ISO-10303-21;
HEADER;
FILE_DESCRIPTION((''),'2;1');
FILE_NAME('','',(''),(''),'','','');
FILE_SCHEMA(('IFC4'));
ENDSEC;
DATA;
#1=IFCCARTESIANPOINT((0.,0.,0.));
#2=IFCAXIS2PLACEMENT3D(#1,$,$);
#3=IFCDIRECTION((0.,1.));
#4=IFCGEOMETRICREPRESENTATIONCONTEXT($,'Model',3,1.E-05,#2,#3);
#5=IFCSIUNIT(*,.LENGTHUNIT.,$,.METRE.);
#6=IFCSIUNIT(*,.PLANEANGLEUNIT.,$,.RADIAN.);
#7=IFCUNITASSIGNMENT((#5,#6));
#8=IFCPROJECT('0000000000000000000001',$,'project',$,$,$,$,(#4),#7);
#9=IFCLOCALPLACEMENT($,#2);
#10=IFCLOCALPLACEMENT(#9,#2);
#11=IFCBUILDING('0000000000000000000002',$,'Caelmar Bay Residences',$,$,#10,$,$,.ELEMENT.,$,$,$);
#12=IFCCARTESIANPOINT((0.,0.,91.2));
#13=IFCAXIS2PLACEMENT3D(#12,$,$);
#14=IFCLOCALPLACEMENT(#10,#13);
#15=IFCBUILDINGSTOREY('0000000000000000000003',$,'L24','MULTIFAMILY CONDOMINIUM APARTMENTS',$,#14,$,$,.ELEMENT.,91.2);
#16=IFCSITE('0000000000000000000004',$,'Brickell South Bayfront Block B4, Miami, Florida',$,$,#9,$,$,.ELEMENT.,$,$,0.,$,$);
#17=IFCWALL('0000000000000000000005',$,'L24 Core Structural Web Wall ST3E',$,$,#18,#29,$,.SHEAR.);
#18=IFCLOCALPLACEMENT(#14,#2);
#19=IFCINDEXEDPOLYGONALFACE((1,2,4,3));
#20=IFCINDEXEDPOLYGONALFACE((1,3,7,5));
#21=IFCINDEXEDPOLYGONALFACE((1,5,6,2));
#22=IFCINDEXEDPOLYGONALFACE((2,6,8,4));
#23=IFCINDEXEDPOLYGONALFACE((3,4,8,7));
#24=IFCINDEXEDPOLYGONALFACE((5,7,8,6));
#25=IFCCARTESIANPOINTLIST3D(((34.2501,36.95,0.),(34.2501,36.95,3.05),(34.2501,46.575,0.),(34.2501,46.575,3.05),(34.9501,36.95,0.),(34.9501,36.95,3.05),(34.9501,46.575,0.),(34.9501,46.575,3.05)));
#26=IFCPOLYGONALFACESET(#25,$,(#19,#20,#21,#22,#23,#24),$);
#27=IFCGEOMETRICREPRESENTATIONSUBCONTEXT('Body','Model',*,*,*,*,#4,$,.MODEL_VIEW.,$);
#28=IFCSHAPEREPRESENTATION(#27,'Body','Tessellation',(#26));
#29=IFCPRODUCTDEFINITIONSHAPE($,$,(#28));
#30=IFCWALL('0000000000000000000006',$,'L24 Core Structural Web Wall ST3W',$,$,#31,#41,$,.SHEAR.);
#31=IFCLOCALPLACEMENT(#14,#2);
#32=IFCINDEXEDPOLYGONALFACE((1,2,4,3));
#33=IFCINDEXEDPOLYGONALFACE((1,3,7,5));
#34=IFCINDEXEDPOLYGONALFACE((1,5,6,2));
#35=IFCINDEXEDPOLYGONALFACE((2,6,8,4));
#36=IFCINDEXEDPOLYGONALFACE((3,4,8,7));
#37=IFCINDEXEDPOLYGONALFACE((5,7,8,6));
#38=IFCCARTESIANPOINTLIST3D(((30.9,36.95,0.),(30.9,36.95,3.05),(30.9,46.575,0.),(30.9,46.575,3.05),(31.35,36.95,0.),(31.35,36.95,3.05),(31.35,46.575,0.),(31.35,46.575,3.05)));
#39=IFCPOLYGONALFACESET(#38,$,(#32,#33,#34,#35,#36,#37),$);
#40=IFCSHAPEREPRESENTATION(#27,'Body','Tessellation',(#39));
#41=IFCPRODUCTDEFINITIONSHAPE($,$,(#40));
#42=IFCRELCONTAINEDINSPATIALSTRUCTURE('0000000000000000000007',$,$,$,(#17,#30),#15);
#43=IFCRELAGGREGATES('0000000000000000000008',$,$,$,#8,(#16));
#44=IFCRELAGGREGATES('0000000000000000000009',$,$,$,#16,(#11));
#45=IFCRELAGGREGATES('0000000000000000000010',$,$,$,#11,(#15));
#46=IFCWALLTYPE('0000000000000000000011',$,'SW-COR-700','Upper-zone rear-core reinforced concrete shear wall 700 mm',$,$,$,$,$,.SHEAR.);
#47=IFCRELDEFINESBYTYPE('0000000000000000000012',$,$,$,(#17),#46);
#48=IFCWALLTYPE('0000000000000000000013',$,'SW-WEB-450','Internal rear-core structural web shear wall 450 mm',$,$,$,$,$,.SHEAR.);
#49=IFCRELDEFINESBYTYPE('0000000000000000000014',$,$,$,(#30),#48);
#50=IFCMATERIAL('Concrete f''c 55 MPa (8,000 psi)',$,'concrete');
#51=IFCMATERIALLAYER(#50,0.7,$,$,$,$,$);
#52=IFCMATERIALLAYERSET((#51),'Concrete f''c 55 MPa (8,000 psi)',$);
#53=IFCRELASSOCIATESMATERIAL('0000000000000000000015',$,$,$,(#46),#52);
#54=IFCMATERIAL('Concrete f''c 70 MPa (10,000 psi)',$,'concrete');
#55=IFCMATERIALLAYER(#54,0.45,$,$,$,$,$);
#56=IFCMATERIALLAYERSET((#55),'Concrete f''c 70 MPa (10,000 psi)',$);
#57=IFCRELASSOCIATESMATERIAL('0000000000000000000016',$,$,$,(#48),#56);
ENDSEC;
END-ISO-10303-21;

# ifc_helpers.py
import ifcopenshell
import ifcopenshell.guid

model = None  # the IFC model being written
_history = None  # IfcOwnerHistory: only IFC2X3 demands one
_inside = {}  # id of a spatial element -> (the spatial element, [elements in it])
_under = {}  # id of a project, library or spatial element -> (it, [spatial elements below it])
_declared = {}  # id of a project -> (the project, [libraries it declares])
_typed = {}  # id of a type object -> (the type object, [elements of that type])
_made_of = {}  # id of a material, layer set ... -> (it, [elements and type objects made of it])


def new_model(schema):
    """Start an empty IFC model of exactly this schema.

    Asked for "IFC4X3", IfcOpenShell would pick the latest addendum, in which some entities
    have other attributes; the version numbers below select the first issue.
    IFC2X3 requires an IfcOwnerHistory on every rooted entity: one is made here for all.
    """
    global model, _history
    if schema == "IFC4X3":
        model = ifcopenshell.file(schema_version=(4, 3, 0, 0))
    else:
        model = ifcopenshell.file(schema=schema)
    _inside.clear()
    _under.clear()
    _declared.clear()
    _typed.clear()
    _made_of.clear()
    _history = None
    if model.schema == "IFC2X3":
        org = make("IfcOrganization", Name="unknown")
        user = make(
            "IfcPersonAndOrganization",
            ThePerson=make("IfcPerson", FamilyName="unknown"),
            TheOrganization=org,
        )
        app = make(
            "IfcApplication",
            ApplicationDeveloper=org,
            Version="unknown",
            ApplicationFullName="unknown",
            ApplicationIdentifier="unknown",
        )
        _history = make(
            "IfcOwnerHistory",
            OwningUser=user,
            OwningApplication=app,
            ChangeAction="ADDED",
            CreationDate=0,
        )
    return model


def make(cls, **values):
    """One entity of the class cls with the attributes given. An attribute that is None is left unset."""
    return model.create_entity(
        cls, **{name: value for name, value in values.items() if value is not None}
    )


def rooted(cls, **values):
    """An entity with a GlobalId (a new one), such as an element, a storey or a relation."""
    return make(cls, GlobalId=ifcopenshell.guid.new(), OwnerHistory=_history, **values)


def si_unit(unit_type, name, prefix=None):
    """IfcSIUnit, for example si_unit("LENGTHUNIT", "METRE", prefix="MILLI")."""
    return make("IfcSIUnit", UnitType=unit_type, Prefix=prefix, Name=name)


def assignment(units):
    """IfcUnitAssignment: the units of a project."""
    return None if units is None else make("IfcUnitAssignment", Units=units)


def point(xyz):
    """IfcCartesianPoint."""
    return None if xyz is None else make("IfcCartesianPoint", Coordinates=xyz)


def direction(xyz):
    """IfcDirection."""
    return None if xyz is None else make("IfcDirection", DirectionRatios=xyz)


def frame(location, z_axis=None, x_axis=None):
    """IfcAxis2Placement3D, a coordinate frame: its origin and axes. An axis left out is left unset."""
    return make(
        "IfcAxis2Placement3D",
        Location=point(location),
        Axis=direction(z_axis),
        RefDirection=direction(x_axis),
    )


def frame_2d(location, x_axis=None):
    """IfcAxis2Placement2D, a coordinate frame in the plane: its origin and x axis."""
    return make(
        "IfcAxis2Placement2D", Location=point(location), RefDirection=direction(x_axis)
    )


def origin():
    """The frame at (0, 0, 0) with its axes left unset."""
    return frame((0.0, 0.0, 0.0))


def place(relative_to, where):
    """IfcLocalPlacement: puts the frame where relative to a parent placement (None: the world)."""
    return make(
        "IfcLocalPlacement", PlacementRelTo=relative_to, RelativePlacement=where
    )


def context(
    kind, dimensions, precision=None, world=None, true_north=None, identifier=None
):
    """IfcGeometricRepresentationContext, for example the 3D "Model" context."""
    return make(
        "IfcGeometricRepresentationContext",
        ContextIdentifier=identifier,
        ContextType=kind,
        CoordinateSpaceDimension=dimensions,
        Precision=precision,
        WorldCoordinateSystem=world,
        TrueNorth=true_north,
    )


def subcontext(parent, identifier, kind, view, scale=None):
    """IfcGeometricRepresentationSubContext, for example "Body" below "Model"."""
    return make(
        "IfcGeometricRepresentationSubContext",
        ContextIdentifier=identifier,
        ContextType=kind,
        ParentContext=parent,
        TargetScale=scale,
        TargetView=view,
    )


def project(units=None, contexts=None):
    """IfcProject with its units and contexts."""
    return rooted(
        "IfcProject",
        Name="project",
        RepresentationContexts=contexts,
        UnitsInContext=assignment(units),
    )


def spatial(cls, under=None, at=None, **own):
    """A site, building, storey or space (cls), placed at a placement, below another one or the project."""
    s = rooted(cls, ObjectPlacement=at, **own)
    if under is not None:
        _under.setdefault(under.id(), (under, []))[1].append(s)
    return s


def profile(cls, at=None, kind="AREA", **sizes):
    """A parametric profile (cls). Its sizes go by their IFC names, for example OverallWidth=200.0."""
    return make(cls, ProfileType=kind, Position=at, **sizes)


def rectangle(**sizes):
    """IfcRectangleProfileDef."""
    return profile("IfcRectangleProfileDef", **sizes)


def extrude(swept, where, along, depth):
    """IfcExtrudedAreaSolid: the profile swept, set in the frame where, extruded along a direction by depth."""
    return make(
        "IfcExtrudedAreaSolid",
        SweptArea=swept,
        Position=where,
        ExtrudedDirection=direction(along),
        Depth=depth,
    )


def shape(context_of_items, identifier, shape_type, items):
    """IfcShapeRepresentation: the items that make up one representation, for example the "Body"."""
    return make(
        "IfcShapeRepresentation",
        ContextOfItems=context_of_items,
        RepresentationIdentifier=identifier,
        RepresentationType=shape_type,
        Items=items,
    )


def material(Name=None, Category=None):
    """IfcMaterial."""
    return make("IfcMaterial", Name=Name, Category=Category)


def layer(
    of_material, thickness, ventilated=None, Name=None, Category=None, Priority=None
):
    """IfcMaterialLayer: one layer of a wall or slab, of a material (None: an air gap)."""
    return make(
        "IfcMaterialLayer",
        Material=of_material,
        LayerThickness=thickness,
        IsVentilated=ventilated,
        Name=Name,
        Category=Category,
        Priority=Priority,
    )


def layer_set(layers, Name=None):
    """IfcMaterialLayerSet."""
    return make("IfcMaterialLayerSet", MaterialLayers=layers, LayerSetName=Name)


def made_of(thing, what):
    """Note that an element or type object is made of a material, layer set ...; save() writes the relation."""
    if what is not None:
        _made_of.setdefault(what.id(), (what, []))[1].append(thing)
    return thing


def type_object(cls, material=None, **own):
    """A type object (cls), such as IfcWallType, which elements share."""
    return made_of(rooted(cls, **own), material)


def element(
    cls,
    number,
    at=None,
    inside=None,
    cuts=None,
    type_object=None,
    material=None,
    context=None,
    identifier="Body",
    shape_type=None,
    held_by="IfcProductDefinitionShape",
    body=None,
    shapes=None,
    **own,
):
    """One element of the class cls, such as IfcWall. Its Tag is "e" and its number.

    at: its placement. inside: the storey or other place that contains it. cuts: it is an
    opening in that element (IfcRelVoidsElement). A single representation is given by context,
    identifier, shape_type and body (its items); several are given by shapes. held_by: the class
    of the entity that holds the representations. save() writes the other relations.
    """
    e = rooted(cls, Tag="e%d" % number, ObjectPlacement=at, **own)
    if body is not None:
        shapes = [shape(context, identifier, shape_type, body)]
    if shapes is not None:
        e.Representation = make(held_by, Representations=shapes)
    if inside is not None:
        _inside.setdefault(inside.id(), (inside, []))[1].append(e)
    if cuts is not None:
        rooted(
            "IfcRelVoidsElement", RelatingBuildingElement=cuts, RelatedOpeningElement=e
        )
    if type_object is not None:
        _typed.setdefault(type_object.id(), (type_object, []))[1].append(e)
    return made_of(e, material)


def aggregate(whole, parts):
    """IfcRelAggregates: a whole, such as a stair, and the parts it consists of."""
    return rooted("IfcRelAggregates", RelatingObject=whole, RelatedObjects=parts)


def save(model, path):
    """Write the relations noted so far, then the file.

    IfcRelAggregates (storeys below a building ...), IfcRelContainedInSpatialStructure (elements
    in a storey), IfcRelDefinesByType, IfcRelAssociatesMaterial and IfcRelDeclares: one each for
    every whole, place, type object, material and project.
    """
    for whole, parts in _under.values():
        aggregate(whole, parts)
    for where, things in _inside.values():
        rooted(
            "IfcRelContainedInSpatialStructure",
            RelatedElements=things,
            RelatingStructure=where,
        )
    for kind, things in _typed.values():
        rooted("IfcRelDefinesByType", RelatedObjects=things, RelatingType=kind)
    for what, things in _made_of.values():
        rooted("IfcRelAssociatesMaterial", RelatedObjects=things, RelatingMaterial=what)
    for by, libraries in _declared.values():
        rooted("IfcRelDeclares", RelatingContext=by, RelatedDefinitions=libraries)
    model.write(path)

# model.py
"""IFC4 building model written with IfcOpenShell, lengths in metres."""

from ifc_helpers import new_model, si_unit, direction, frame, frame_2d, origin, place, context, subcontext, project, spatial, rectangle, extrude, material, layer, layer_set, type_object, element, save


model = new_model("IFC4")

# Units and contexts
model_context = context("Model", 3, precision=1e-05, world=origin(), true_north=direction((0.0, 1.0)))
body_context = subcontext(model_context, "Body", "Model", "MODEL_VIEW")
ifc_project = project(units=[si_unit("LENGTHUNIT", "METRE"), si_unit("PLANEANGLEUNIT", "RADIAN")], contexts=[model_context])

# Site, building, storey
site_placement = place(None, origin())
site = spatial("IfcSite", under=ifc_project, at=site_placement, Name="Brickell South Bayfront Block B4, Miami, Florida", CompositionType="ELEMENT", RefElevation=0.0)
building_placement = place(site_placement, origin())
building = spatial("IfcBuilding", under=site, at=building_placement, Name="Caelmar Bay Residences", CompositionType="ELEMENT")
storey_placement = place(building_placement, frame((0.0, 0.0, 91.2)))
storey = spatial("IfcBuildingStorey", under=building, at=storey_placement, Name="L24", Description="MULTIFAMILY CONDOMINIUM APARTMENTS", CompositionType="ELEMENT", Elevation=91.2)

# Walls
ifc_material_1 = material(Name="Concrete f'c 55 MPa (8,000 psi)", Category="concrete")
ifc_layer_1 = layer(ifc_material_1, 0.7)
ifc_layer_set_1 = layer_set([ifc_layer_1], Name="Concrete f'c 55 MPa (8,000 psi)")
wall_type_1 = type_object("IfcWallType", Name="SW-COR-700", Description="Upper-zone rear-core reinforced concrete shear wall 700 mm", PredefinedType="SHEAR", material=ifc_layer_set_1)
wall_1_placement = place(storey_placement, frame((34.6001, 36.95, 0.0), z_axis=(0.0, 0.0, 1.0), x_axis=(0.0, 1.0, 0.0)))
element("IfcWall", 1, at=wall_1_placement, inside=storey, type_object=wall_type_1, Name="L24 Core Structural Web Wall ST3E", PredefinedType="SHEAR", context=body_context, shape_type="SweptSolid", body=[
    extrude(rectangle(XDim=9.625, YDim=0.7, at=frame_2d((4.8125, 0.0))), origin(), (0.0, 0.0, 1.0), 3.05),
])
ifc_material_2 = material(Name="Concrete f'c 70 MPa (10,000 psi)", Category="concrete")
ifc_layer_2 = layer(ifc_material_2, 0.45)
ifc_layer_set_2 = layer_set([ifc_layer_2], Name="Concrete f'c 70 MPa (10,000 psi)")
wall_type_2 = type_object("IfcWallType", Name="SW-WEB-450", Description="Internal rear-core structural web shear wall 450 mm", PredefinedType="SHEAR", material=ifc_layer_set_2)
wall_2_placement = place(storey_placement, frame((31.125, 36.95, 0.0), z_axis=(0.0, 0.0, 1.0), x_axis=(0.0, 1.0, 0.0)))
element("IfcWall", 2, at=wall_2_placement, inside=storey, type_object=wall_type_2, Name="L24 Core Structural Web Wall ST3W", PredefinedType="SHEAR", context=body_context, shape_type="SweptSolid", body=[
    extrude(rectangle(XDim=9.625, YDim=0.45, at=frame_2d((4.8125, 0.0))), origin(), (0.0, 0.0, 1.0), 3.05),
])

save(model, "model.ifc")
